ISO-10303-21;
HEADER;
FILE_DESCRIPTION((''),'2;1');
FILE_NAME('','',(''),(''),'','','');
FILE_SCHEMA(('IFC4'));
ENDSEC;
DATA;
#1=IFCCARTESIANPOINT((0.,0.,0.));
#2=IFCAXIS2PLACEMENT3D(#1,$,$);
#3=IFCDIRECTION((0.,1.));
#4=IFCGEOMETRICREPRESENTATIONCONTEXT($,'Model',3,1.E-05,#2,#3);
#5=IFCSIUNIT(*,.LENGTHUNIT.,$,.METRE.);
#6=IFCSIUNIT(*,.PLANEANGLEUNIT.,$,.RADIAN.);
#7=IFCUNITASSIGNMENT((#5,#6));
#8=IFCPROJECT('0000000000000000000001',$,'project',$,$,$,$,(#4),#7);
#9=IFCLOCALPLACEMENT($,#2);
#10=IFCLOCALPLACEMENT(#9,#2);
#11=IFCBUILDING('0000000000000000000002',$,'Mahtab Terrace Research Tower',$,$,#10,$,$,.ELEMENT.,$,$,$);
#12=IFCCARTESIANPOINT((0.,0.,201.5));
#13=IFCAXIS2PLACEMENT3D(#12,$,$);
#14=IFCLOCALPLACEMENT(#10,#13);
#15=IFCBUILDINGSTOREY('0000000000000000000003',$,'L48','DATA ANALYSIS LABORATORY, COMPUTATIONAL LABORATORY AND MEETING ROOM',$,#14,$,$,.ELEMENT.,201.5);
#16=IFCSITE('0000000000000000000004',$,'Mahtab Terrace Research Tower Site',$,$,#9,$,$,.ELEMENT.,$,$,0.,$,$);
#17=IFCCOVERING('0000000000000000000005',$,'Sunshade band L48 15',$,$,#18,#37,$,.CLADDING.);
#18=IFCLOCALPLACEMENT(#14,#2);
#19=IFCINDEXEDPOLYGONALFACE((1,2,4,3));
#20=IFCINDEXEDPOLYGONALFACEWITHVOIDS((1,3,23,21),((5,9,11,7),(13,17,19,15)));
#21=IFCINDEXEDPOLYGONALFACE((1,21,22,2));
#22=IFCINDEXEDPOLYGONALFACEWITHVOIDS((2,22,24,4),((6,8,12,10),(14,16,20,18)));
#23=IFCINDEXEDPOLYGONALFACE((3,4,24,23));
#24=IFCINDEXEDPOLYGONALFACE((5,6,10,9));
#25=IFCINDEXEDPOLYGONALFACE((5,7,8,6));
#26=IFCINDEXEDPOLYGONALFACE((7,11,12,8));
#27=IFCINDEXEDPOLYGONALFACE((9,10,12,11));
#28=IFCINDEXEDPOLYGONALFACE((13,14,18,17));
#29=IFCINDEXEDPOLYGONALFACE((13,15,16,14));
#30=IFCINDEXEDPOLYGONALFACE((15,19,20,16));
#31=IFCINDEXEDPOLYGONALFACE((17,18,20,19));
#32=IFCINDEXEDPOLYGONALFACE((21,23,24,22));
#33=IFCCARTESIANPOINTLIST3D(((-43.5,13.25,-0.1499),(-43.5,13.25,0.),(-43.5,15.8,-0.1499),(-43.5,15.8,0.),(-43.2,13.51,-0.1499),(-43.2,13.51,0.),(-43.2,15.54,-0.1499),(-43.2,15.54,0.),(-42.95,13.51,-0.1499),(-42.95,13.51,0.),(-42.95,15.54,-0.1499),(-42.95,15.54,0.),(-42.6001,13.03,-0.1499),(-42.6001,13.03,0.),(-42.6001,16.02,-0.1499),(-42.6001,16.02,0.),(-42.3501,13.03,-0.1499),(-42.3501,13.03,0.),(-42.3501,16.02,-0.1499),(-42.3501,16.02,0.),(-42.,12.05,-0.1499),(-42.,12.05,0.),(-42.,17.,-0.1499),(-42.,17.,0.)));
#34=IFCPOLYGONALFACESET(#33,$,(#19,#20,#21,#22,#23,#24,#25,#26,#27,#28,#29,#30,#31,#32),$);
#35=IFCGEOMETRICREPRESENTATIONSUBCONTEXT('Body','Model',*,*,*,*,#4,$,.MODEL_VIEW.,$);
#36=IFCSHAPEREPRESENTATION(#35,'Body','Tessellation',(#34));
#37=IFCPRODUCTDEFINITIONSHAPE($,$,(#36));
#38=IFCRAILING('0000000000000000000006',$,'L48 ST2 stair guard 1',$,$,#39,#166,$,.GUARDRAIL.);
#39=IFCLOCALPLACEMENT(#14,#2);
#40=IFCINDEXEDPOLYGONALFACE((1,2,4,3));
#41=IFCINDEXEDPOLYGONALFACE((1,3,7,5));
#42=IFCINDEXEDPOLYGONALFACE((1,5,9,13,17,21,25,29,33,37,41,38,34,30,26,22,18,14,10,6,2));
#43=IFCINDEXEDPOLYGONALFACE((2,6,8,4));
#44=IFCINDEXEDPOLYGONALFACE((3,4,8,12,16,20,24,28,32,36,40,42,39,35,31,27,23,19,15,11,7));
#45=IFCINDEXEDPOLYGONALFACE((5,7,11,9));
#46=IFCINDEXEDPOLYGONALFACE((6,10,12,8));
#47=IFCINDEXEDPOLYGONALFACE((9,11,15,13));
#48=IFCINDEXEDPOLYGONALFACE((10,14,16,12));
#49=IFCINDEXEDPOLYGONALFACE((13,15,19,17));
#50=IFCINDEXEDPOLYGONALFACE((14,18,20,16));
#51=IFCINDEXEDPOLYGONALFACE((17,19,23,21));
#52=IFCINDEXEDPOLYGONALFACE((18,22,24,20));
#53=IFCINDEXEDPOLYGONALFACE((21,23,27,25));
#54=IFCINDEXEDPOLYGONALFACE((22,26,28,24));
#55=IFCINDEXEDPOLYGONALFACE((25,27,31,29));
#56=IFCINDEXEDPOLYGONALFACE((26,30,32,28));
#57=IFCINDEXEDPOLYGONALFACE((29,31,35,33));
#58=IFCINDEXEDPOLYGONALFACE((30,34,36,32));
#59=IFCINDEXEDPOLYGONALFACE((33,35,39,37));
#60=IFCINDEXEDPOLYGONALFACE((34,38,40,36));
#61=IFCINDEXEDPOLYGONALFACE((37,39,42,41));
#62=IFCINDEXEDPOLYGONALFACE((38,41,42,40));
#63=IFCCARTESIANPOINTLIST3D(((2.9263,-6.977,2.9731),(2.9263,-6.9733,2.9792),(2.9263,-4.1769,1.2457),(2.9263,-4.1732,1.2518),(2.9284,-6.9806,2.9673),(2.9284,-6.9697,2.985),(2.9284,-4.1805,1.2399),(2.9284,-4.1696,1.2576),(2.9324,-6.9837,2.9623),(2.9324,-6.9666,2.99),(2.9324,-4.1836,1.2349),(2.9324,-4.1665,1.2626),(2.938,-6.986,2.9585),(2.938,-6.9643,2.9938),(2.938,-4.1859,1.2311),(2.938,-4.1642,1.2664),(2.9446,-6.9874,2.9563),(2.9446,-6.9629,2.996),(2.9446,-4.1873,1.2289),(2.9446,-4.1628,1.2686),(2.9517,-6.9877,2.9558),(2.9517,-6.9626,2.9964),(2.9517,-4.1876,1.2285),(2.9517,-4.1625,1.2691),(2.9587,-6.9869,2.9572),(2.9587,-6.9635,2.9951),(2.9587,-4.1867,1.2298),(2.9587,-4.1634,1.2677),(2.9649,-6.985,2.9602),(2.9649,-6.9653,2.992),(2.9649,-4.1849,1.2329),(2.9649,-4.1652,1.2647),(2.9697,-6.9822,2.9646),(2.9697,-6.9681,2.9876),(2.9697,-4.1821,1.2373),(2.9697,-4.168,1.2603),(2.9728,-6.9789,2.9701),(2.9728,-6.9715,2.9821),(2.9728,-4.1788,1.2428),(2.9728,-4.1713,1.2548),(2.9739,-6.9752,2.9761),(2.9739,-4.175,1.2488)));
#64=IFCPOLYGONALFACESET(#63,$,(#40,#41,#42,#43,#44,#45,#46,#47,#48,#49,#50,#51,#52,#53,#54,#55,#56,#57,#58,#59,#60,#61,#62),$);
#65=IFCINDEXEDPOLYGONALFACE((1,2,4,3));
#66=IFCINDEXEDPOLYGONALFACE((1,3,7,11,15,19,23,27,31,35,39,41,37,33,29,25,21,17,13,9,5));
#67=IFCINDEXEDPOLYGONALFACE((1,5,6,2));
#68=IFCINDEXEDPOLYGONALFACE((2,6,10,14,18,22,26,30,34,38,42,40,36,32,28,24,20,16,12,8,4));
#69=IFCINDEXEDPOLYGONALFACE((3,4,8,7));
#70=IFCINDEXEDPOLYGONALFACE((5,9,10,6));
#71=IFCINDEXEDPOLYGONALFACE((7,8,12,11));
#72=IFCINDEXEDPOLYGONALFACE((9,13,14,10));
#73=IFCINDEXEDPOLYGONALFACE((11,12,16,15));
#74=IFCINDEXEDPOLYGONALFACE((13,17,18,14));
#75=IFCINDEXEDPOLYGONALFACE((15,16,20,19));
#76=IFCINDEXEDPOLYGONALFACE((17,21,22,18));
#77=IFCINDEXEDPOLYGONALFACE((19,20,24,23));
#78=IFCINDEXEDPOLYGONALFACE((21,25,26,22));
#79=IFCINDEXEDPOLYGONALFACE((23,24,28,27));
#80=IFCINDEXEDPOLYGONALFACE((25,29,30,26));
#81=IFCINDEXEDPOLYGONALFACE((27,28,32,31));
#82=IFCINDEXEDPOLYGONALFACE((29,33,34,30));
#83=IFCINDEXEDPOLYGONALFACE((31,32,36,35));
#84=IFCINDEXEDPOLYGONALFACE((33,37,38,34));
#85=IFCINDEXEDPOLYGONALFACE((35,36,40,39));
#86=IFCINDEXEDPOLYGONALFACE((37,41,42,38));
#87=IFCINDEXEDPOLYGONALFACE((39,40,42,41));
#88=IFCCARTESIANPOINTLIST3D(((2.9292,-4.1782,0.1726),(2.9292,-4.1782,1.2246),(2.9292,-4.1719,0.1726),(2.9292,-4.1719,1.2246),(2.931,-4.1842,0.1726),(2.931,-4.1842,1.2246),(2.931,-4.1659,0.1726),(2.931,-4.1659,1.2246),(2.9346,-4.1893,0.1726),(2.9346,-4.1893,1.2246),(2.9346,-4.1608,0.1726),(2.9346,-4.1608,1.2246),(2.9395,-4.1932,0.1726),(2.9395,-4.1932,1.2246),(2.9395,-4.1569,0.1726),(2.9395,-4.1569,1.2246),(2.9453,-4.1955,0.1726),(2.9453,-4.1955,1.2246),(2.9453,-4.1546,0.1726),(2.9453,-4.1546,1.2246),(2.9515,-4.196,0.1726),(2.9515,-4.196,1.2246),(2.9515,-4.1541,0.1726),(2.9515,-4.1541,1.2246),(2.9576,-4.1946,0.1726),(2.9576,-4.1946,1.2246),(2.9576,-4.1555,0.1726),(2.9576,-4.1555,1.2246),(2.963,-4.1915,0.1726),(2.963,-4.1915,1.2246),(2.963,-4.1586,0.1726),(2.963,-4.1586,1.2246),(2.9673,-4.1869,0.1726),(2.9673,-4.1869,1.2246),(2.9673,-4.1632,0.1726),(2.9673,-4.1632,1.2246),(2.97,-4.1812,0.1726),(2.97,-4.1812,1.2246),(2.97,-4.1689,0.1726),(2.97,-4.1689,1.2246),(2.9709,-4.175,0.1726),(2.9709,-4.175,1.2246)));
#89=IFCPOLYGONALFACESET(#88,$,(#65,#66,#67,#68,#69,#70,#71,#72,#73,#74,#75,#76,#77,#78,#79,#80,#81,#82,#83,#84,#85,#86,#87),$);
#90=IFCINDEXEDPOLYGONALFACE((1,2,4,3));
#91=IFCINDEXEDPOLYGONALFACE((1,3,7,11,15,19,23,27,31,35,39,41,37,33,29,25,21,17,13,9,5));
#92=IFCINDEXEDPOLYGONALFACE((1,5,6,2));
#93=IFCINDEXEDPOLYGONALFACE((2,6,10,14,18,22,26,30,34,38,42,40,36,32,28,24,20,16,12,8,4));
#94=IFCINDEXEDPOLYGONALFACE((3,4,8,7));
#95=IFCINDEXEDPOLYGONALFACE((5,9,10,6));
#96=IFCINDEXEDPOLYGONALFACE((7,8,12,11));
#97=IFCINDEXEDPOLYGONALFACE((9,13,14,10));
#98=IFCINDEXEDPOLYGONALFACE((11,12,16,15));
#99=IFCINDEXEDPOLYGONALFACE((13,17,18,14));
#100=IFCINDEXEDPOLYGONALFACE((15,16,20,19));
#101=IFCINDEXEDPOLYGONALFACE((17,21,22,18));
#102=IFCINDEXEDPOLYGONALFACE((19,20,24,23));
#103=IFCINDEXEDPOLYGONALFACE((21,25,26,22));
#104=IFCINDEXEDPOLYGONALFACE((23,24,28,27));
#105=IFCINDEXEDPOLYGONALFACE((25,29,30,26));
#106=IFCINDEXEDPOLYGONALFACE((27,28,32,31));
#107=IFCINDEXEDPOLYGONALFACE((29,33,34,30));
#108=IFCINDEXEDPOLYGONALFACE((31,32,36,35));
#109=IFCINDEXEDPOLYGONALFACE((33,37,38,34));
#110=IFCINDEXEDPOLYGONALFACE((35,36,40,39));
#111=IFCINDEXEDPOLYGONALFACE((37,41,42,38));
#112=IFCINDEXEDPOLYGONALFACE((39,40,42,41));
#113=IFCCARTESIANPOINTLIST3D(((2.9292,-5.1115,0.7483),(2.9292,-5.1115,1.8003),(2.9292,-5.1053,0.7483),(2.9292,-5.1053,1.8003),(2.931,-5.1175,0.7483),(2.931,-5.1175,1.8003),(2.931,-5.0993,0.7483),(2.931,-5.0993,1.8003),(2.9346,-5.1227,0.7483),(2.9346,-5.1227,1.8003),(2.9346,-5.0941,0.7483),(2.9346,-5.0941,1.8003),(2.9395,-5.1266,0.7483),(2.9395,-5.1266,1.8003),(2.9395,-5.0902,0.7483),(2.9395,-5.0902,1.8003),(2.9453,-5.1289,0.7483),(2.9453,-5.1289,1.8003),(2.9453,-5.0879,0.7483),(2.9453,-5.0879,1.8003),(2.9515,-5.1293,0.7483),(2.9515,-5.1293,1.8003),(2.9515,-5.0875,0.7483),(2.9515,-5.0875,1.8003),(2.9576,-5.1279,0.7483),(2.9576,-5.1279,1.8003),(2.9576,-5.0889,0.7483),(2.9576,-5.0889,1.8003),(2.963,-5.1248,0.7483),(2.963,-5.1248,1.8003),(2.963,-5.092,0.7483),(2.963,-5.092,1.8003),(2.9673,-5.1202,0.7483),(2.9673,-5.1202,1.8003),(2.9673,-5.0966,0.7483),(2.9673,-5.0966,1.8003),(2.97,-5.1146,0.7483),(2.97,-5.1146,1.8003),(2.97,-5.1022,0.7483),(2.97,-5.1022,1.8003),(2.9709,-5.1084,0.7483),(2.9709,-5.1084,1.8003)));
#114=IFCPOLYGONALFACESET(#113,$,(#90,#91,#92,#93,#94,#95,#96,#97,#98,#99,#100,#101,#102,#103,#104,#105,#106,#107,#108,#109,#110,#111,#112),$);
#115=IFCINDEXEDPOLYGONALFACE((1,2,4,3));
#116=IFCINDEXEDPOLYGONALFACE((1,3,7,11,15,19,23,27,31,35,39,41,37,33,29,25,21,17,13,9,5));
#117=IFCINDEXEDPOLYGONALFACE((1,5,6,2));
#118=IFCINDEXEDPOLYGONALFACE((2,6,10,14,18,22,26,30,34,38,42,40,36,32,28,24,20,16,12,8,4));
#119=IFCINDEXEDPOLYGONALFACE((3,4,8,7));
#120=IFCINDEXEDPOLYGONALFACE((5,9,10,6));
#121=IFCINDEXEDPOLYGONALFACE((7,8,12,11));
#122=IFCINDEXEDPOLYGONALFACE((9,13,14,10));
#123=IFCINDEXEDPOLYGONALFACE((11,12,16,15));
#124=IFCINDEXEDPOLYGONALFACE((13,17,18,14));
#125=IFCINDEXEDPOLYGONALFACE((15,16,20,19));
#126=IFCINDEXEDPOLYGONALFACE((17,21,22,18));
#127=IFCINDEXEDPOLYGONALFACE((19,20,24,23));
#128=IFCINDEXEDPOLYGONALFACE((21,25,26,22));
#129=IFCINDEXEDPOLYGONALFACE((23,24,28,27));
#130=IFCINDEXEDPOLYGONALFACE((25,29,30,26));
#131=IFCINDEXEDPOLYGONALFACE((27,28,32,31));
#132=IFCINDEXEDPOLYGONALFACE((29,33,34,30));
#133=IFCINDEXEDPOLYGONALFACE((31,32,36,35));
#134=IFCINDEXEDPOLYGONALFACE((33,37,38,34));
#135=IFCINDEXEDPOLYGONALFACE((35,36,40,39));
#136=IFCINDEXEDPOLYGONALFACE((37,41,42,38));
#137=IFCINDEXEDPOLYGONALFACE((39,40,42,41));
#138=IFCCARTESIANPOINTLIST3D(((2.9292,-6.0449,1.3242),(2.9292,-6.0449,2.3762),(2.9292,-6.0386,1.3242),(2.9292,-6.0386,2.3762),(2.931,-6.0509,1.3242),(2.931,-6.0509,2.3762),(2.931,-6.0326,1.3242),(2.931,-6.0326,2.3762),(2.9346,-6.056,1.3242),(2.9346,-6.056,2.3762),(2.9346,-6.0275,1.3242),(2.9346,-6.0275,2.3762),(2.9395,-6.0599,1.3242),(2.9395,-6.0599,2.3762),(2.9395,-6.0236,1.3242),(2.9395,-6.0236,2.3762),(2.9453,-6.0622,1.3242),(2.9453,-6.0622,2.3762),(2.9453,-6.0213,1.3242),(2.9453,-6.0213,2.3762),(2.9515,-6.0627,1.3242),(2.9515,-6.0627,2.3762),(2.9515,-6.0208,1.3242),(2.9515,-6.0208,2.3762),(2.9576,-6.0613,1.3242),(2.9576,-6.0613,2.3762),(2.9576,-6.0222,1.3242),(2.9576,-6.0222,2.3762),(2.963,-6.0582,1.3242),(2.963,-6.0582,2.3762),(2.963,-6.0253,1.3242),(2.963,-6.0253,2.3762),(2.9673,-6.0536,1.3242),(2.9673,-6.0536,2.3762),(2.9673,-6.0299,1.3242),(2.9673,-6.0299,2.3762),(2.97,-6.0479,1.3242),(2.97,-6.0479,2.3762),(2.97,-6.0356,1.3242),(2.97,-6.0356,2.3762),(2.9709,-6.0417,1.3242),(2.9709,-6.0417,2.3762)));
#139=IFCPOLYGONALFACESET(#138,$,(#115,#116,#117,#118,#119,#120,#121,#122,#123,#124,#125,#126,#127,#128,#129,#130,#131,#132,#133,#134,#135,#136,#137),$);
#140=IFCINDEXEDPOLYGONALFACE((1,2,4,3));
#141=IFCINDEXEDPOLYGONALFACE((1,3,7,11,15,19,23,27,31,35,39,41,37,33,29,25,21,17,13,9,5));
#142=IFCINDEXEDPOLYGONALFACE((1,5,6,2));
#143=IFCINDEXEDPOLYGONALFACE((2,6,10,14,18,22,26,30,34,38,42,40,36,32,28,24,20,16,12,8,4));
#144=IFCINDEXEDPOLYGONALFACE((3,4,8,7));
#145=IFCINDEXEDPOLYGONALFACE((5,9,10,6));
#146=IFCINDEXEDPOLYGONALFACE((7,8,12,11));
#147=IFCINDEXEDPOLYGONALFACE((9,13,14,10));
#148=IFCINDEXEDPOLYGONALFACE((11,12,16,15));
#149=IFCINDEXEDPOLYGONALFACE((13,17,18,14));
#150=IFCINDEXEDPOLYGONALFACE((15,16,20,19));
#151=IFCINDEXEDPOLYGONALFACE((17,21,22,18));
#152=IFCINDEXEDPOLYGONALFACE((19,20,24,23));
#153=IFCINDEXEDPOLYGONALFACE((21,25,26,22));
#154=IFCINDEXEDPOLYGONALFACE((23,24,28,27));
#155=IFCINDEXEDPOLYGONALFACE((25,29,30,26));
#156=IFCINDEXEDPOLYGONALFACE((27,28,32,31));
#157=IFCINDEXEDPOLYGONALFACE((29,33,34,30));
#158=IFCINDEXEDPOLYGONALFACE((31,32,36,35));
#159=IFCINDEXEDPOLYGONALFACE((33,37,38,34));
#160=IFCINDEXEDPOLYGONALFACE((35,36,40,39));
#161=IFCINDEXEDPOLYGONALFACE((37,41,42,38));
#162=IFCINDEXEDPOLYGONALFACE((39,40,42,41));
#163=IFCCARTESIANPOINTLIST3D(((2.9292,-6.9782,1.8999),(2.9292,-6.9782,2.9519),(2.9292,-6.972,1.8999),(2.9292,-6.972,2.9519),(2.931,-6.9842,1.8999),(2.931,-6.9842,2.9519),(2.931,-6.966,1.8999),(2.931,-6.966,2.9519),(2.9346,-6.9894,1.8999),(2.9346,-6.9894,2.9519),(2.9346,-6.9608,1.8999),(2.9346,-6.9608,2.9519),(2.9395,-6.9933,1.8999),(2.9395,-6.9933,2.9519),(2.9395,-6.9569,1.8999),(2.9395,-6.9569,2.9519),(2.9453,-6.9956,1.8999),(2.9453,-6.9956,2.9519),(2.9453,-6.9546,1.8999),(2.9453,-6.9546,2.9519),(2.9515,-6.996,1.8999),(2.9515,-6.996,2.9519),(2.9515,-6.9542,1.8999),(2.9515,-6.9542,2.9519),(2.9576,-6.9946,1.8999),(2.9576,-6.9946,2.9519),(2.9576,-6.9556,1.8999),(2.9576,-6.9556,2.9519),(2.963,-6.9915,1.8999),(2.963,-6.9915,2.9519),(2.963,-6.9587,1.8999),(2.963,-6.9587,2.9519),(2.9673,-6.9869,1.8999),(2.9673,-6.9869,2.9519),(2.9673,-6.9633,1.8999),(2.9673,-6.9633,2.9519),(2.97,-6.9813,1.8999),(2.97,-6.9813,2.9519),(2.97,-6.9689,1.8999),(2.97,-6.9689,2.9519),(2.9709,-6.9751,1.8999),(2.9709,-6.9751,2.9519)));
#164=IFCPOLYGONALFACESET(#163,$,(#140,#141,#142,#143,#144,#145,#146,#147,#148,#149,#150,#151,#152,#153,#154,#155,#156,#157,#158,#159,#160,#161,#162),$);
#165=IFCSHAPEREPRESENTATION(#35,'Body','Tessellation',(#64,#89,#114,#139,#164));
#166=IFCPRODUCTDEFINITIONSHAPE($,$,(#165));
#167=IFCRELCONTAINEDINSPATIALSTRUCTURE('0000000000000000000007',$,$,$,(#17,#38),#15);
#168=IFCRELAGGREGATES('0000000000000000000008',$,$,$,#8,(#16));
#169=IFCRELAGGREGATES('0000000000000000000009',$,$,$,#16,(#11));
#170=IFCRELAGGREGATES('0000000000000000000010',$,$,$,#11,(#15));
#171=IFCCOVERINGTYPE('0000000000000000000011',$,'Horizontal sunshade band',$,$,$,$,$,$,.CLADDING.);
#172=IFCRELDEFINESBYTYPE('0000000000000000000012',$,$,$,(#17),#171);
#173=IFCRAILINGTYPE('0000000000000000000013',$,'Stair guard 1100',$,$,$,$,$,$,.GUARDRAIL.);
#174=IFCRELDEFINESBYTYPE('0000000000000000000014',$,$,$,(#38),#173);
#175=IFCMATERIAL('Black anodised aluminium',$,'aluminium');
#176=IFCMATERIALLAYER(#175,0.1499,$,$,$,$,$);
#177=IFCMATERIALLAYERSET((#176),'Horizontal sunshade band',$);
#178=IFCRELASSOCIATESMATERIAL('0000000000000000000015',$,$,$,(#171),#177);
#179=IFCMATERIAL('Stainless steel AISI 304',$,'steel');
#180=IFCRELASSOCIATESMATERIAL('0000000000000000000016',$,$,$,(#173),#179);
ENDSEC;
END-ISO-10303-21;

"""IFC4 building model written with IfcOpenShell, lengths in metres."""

from ifc_helpers import new_model, si_unit, direction, frame, origin, origin_2d, place, context, subcontext, project, spatial, polyline, circle, outline, extrude, material, layer, layer_set, type_object, element, save


model = new_model("IFC4")

# Units and contexts
model_context = context("Model", 3, precision=1e-05, world=origin(), true_north=direction((0.0, 1.0)))
body_context = subcontext(model_context, "Body", "Model", "MODEL_VIEW")
ifc_project = project(units=[si_unit("LENGTHUNIT", "METRE"), si_unit("PLANEANGLEUNIT", "RADIAN")], contexts=[model_context])

# Site, building, storey
site_placement = place(None, origin())
site = spatial("IfcSite", under=ifc_project, at=site_placement, Name="Mahtab Terrace Research Tower Site", CompositionType="ELEMENT", RefElevation=0.0)
building_placement = place(site_placement, origin())
building = spatial("IfcBuilding", under=site, at=building_placement, Name="Mahtab Terrace Research Tower", CompositionType="ELEMENT")
storey_placement = place(building_placement, frame((0.0, 0.0, 201.5)))
storey = spatial("IfcBuildingStorey", under=building, at=storey_placement, Name="L48", Description="DATA ANALYSIS LABORATORY, COMPUTATIONAL LABORATORY AND MEETING ROOM", CompositionType="ELEMENT", Elevation=201.5)

# Covering
ifc_material_1 = material(Name="Black anodised aluminium", Category="aluminium")
ifc_layer_1 = layer(ifc_material_1, 0.1499)
ifc_layer_set_1 = layer_set([ifc_layer_1], Name="Horizontal sunshade band")
covering_type = type_object("IfcCoveringType", Name="Horizontal sunshade band", PredefinedType="CLADDING", material=ifc_layer_set_1)
covering_1_placement = place(storey_placement, frame((0.0, 0.0, -0.1499)))
element("IfcCovering", 1, at=covering_1_placement, inside=storey, type_object=covering_type, Name="Sunshade band L48 15", PredefinedType="CLADDING", context=body_context, shape_type="SweptSolid", body=[
    extrude(outline(polyline([(-42.0, 17.0), (-42.0, 12.05), (-43.5, 13.25), (-43.5, 15.8), (-42.0, 17.0)]), holes=[polyline([(-42.3501, 16.02), (-42.3501, 13.03), (-42.6001, 13.03), (-42.6001, 16.02), (-42.3501, 16.02)]), polyline([(-42.95, 15.54), (-42.95, 13.51), (-43.2, 13.51), (-43.2, 15.54), (-42.95, 15.54)])]), origin(), (0.0, 0.0, 1.0), 0.1499),
])

# Railing
ifc_material_2 = material(Name="Stainless steel AISI 304", Category="steel")
railing_type_1 = type_object("IfcRailingType", Name="Stair guard 1100", PredefinedType="GUARDRAIL", material=ifc_material_2)
railing_1_placement = place(storey_placement, frame((2.95, -4.175, 0.1726)))
element("IfcRailing", 2, at=railing_1_placement, inside=storey, type_object=railing_type_1, Name="L48 ST2 stair guard 1", PredefinedType="GUARDRAIL", context=body_context, shape_type="SweptSolid", body=[
    extrude(circle(Radius=0.0239, at=origin_2d()), frame((0.0, 0.0, 1.0762), z_axis=(0.0, -0.85109, 0.52502), x_axis=(1.0, 0.0, 0.0)), (0.0, 0.0, 1.0), 3.29),
    extrude(circle(Radius=0.021, at=origin_2d()), origin(), (0.0, 0.0, 1.0), 1.052),
    extrude(circle(Radius=0.021, at=origin_2d()), frame((0.0, -0.9333, 0.5757)), (0.0, 0.0, 1.0), 1.052),
    extrude(circle(Radius=0.021, at=origin_2d()), frame((0.0, -1.8667, 1.1516)), (0.0, 0.0, 1.0), 1.052),
    extrude(circle(Radius=0.021, at=origin_2d()), frame((0.0, -2.8, 1.7273)), (0.0, 0.0, 1.0), 1.052),
])

save(model, "model.ifc")
